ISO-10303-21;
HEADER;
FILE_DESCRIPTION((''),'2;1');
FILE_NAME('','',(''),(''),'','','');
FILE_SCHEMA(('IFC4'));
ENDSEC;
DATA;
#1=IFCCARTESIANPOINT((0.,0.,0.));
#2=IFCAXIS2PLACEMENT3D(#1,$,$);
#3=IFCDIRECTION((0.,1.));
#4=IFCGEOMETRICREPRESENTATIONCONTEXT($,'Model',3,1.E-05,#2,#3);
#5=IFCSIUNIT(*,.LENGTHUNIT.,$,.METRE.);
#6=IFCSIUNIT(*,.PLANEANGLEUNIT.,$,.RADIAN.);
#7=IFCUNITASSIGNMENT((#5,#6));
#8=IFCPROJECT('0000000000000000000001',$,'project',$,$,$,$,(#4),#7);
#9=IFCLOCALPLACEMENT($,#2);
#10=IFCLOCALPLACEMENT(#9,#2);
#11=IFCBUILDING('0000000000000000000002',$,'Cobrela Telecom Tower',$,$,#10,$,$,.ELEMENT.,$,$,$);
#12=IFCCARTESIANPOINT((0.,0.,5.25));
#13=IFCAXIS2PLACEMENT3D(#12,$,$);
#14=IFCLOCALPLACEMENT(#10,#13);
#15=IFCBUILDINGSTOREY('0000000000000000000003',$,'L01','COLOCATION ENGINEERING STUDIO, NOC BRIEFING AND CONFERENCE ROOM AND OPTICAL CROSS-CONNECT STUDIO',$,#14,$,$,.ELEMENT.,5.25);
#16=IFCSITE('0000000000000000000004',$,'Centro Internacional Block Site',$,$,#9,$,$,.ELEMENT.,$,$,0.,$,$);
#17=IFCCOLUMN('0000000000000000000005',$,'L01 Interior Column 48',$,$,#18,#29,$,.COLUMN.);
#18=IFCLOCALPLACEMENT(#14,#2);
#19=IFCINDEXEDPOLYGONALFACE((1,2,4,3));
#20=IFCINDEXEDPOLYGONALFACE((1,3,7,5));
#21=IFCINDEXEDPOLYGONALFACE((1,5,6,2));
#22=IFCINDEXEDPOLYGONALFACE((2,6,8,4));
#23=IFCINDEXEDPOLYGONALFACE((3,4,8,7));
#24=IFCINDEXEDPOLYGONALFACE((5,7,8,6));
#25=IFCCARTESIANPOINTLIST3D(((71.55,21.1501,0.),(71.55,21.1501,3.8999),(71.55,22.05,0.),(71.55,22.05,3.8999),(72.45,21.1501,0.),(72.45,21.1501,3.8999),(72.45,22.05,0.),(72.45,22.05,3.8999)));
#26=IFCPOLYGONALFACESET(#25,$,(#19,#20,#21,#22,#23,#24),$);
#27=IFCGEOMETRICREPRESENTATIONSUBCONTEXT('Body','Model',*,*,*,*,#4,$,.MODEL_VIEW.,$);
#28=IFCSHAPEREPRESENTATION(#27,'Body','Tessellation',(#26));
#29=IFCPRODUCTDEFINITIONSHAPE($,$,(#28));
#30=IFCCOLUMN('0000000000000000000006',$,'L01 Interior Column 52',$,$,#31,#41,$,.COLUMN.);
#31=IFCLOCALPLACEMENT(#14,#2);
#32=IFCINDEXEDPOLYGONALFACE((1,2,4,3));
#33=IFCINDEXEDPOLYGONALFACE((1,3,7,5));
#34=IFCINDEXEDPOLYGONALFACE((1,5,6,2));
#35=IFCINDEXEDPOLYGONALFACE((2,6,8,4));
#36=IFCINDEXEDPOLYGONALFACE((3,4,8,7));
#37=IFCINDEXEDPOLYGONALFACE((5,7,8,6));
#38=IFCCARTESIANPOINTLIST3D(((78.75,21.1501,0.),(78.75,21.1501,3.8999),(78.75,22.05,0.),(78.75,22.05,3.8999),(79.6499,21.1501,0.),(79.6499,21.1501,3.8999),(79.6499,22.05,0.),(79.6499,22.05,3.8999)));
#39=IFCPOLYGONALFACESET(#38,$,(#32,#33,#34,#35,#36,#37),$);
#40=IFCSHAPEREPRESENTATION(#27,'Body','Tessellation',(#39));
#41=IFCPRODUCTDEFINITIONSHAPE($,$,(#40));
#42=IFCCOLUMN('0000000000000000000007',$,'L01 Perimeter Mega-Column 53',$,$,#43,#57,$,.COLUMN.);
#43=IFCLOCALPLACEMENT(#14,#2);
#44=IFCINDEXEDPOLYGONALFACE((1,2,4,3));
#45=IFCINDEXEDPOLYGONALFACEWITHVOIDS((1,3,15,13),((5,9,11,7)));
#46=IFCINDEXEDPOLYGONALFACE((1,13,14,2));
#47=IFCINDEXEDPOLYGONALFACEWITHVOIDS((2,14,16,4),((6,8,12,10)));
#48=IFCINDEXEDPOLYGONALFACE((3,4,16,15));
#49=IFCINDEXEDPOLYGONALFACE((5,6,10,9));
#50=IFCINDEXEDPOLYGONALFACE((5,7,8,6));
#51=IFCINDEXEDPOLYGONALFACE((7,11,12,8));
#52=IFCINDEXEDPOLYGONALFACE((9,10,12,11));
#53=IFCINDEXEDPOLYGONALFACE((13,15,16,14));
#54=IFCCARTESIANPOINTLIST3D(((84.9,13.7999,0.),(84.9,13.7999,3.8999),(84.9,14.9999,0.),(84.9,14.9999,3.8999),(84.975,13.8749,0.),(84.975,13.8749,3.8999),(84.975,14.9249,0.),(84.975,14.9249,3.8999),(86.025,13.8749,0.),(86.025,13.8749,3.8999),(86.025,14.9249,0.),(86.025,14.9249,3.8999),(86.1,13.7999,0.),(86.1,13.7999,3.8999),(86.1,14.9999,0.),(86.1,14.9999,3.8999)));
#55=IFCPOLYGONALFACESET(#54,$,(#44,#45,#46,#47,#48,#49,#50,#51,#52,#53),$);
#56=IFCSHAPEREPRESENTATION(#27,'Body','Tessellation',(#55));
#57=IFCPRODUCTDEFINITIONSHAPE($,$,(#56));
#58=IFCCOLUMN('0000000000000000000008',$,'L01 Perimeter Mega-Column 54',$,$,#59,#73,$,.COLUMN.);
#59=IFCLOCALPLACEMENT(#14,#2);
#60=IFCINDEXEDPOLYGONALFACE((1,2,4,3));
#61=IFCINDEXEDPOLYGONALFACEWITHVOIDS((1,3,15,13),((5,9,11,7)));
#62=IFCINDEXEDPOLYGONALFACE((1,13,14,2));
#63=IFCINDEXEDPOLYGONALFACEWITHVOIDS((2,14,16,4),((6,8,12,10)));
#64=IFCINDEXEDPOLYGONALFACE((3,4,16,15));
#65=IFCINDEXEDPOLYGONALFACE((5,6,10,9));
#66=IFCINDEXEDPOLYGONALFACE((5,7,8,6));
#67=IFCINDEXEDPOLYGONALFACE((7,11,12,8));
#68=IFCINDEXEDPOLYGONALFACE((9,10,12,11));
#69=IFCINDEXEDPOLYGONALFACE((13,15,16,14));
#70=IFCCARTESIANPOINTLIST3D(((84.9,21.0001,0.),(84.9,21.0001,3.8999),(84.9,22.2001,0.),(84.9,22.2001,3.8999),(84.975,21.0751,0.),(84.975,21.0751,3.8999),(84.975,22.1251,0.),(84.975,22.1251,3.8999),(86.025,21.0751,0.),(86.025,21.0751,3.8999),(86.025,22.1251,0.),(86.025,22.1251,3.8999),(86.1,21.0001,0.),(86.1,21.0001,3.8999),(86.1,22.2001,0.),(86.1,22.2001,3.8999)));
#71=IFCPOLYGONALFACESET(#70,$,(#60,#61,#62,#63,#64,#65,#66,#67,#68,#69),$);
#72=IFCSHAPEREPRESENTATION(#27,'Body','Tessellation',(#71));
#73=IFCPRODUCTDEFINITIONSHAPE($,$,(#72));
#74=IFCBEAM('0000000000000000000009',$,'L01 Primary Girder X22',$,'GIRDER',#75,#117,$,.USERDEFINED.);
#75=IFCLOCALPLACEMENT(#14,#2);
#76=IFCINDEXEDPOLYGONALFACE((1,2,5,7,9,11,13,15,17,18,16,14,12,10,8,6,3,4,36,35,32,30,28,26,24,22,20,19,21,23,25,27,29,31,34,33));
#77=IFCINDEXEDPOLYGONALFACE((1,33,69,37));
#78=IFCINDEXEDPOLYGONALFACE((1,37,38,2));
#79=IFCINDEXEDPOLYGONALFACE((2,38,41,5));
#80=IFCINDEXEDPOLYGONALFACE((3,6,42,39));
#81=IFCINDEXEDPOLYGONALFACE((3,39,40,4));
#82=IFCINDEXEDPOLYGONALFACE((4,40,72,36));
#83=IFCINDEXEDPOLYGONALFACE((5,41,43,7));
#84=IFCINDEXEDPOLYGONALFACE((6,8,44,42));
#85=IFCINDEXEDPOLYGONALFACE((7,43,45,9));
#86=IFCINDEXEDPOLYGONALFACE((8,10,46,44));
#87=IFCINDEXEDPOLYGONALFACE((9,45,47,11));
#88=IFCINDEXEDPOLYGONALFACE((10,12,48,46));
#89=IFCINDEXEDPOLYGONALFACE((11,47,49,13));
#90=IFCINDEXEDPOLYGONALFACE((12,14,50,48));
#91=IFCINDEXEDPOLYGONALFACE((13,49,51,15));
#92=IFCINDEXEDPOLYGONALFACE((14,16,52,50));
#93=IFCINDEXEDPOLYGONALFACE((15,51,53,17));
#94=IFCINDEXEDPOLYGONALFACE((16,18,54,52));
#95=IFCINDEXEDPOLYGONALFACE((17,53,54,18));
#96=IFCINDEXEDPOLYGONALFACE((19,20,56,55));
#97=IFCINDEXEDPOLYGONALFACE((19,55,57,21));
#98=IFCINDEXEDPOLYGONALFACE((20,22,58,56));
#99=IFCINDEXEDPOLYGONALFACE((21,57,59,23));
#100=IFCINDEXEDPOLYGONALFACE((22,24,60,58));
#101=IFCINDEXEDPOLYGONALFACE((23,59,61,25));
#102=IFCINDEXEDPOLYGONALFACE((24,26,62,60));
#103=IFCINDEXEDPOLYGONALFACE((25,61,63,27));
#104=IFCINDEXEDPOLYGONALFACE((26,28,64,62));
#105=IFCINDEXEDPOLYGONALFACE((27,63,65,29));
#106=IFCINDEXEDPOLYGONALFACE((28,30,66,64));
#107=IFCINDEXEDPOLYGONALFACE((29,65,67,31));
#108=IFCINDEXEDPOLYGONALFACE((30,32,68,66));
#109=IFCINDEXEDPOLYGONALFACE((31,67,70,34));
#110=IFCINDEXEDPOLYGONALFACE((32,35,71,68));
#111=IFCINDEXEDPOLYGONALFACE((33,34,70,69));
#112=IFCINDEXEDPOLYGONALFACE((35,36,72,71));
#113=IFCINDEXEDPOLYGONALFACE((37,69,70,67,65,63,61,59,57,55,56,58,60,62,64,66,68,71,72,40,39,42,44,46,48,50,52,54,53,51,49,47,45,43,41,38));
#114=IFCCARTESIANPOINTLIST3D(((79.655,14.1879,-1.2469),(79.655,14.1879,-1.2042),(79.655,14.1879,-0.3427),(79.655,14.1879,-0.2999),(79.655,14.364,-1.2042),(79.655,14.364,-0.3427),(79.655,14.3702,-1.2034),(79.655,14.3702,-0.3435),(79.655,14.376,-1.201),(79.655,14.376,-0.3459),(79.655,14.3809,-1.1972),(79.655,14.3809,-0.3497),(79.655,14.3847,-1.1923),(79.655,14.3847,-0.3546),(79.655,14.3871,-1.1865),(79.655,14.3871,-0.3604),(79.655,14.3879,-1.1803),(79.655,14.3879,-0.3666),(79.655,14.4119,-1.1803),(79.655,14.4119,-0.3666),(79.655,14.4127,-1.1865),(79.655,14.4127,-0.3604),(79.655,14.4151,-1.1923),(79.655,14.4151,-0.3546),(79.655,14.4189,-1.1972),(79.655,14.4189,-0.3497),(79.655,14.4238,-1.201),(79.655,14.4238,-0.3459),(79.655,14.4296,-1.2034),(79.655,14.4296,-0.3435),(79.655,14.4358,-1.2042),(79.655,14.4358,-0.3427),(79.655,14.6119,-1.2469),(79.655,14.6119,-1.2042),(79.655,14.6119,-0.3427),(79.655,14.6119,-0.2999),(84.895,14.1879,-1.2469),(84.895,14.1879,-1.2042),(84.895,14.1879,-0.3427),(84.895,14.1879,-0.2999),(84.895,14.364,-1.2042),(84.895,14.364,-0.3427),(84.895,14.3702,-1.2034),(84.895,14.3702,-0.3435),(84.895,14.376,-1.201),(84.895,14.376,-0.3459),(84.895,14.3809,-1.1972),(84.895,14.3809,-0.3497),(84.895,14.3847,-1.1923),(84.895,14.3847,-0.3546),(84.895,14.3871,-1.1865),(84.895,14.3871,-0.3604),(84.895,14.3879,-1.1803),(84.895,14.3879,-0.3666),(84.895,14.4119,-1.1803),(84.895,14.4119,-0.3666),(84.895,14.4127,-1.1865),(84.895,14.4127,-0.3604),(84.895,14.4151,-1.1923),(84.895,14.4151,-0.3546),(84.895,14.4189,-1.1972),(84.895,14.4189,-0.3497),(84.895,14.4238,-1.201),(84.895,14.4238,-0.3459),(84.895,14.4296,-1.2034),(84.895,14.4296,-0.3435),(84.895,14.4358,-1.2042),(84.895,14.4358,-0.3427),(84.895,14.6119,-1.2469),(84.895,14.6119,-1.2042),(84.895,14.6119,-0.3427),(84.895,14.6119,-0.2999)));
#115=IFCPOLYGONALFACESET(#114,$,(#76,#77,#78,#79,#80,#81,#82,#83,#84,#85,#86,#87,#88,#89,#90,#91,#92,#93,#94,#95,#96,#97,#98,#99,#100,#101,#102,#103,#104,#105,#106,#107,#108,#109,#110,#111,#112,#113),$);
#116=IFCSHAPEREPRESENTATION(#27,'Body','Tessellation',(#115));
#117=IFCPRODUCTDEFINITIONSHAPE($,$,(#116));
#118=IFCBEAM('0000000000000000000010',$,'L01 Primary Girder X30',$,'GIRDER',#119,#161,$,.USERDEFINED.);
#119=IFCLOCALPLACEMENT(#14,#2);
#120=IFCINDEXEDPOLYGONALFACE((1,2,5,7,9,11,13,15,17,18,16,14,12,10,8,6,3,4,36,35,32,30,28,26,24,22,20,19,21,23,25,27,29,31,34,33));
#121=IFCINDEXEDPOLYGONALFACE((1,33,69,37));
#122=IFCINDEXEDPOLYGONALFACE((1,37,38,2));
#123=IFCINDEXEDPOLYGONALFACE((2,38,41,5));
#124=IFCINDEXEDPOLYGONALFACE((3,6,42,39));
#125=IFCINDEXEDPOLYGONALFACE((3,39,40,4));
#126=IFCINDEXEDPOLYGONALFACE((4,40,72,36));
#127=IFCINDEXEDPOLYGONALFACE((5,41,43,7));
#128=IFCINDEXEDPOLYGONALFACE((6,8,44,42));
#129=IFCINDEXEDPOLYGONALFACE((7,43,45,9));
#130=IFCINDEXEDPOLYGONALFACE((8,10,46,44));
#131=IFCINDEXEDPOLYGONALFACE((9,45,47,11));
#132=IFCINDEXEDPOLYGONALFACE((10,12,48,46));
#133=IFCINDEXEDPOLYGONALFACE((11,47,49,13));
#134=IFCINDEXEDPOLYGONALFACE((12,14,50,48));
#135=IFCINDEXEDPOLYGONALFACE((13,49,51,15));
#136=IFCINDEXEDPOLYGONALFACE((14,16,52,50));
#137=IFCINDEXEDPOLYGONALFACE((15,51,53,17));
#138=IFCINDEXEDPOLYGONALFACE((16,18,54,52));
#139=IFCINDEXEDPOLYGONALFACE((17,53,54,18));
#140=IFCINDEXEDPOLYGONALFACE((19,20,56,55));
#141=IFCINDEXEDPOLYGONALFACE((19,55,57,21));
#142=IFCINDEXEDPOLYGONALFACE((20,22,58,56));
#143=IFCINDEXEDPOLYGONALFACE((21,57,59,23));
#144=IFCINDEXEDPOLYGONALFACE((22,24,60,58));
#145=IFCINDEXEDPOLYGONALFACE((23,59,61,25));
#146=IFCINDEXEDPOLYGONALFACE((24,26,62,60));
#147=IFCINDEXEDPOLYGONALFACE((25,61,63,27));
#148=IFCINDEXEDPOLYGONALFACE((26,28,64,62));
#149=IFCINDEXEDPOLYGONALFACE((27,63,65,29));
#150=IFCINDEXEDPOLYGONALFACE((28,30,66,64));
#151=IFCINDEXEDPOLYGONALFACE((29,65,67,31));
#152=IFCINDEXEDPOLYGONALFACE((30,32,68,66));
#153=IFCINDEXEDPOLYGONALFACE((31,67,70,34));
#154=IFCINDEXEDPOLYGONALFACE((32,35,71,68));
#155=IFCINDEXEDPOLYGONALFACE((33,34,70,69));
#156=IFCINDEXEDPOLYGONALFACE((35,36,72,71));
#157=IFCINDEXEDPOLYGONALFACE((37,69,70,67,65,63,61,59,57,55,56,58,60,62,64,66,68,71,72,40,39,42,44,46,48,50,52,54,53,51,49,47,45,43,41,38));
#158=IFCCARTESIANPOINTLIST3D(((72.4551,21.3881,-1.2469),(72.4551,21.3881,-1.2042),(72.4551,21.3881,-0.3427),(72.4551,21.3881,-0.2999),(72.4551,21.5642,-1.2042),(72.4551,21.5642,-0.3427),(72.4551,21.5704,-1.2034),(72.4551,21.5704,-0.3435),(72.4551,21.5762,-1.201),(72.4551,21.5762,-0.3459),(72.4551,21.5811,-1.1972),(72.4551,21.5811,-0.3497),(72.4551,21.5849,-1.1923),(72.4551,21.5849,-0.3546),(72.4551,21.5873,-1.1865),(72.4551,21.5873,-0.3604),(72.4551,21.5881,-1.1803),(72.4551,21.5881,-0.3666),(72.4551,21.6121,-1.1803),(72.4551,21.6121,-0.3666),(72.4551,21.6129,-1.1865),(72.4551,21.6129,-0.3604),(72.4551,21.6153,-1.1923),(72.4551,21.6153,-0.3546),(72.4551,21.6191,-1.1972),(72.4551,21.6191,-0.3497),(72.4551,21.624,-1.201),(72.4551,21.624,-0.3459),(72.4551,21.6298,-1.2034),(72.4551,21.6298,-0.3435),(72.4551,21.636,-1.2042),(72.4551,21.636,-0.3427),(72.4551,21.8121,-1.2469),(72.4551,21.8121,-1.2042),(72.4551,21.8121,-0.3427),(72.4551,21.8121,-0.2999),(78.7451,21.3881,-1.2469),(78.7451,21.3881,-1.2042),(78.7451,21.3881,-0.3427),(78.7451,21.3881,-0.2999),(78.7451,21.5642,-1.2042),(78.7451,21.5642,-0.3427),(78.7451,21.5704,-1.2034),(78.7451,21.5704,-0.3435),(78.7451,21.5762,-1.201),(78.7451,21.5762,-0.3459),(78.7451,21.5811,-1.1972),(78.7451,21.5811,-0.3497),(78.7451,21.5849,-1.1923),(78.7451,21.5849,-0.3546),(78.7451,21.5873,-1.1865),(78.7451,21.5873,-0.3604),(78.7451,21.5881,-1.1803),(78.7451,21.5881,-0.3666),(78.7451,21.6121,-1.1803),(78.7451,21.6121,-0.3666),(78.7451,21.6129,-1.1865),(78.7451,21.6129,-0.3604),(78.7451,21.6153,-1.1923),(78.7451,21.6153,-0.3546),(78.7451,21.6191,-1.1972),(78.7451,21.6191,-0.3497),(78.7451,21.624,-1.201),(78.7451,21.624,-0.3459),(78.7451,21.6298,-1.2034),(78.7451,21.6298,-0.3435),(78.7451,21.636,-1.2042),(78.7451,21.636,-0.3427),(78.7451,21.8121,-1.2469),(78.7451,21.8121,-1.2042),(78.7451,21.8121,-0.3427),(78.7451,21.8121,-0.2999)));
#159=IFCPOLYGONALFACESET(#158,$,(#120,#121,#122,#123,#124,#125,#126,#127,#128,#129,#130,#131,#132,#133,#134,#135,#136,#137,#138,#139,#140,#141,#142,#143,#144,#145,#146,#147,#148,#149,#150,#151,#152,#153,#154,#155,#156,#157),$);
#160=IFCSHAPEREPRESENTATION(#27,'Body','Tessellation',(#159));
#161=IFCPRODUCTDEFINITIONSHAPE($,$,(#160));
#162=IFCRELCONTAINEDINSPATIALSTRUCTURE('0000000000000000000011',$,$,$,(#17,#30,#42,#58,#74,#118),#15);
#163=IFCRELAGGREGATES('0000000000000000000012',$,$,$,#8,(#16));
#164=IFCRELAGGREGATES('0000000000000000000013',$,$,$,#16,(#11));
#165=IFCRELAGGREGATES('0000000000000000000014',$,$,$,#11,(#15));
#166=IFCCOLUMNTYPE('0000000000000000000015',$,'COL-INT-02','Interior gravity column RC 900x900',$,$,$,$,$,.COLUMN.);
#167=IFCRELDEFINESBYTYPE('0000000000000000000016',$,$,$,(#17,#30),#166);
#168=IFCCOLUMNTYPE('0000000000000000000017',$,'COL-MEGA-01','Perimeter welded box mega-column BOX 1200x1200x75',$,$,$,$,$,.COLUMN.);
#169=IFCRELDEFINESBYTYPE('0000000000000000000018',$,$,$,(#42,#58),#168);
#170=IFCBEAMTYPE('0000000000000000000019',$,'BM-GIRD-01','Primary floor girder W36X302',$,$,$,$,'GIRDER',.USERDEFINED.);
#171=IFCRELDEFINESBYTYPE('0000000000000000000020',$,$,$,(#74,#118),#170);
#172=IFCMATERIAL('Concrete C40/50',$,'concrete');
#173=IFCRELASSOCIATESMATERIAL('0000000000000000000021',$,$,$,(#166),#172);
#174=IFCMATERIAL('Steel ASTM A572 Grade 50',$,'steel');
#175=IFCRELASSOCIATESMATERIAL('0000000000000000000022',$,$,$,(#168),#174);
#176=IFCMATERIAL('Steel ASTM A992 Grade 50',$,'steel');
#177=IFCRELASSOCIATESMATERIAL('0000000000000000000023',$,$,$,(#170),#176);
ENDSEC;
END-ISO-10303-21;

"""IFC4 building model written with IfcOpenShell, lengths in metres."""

from ifc_helpers import new_model, si_unit, direction, frame, origin, origin_2d, place, context, subcontext, project, spatial, rectangle, hollow_rectangle, i_section, extrude, material, material_profile, profile_set, type_object, element, save


model = new_model("IFC4")

# Units and contexts
model_context = context("Model", 3, precision=1e-05, world=origin(), true_north=direction((0.0, 1.0)))
body_context = subcontext(model_context, "Body", "Model", "MODEL_VIEW")
ifc_project = project(units=[si_unit("LENGTHUNIT", "METRE"), si_unit("PLANEANGLEUNIT", "RADIAN")], contexts=[model_context])

# Site, building, storey
site_placement = place(None, origin())
site = spatial("IfcSite", under=ifc_project, at=site_placement, Name="Centro Internacional Block Site", CompositionType="ELEMENT", RefElevation=0.0)
building_placement = place(site_placement, origin())
building = spatial("IfcBuilding", under=site, at=building_placement, Name="Cobrela Telecom Tower", CompositionType="ELEMENT")
storey_placement = place(building_placement, frame((0.0, 0.0, 5.25)))
storey = spatial("IfcBuildingStorey", under=building, at=storey_placement, Name="L01", Description="COLOCATION ENGINEERING STUDIO, NOC BRIEFING AND CONFERENCE ROOM AND OPTICAL CROSS-CONNECT STUDIO", CompositionType="ELEMENT", Elevation=5.25)

# Columns
ifc_material_1 = material(Name="Concrete C40/50", Category="concrete")
ifc_material_profile_1 = material_profile(ifc_material_1, rectangle(XDim=0.8999, YDim=0.8999, at=origin_2d()), Name="RC 900x900")
ifc_profile_set_1 = profile_set([ifc_material_profile_1], Name="Concrete C40/50")
column_type_1 = type_object("IfcColumnType", Name="COL-INT-02", Description="Interior gravity column RC 900x900", PredefinedType="COLUMN", material=ifc_profile_set_1)
for number, where, z_axis, x_axis, name in (
    (1, (72.0, 21.6001, 0.0), (0.0, 0.0, 1.0), (1.0, 0.0, 0.0), "L01 Interior Column 48"),
    (2, (79.2, 21.6001, 0.0), (0.0, 0.0, 1.0), (1.0, 0.0, 0.0), "L01 Interior Column 52"),
):
    element("IfcColumn", number, at=place(storey_placement, frame(where, z_axis=z_axis, x_axis=x_axis)), inside=storey, type_object=column_type_1, Name=name, PredefinedType="COLUMN", context=body_context, shape_type="SweptSolid", body=[
        extrude(rectangle(XDim=0.8999, YDim=0.8999, at=origin_2d()), origin(), (0.0, 0.0, 1.0), 3.8999),
    ])
ifc_material_2 = material(Name="Steel ASTM A572 Grade 50", Category="steel")
ifc_material_profile_2 = material_profile(ifc_material_2, hollow_rectangle(XDim=1.2, YDim=1.2, WallThickness=0.075, at=origin_2d()), Name="BOX 1200x1200x75")
ifc_profile_set_2 = profile_set([ifc_material_profile_2], Name="Steel ASTM A572 Grade 50")
column_type_2 = type_object("IfcColumnType", Name="COL-MEGA-01", Description="Perimeter welded box mega-column BOX 1200x1200x75", PredefinedType="COLUMN", material=ifc_profile_set_2)
for number, where, z_axis, x_axis, name in (
    (3, (85.5, 14.3999, 0.0), (0.0, 0.0, 1.0), (1.0, 0.0, 0.0), "L01 Perimeter Mega-Column 53"),
    (4, (85.5, 21.6001, 0.0), (0.0, 0.0, 1.0), (1.0, 0.0, 0.0), "L01 Perimeter Mega-Column 54"),
):
    element("IfcColumn", number, at=place(storey_placement, frame(where, z_axis=z_axis, x_axis=x_axis)), inside=storey, type_object=column_type_2, Name=name, PredefinedType="COLUMN", context=body_context, shape_type="SweptSolid", body=[
        extrude(hollow_rectangle(XDim=1.2, YDim=1.2, WallThickness=0.075, at=origin_2d()), origin(), (0.0, 0.0, 1.0), 3.8999),
    ])

# Beams
ifc_material_3 = material(Name="Steel ASTM A992 Grade 50", Category="steel")
ifc_material_profile_3 = material_profile(ifc_material_3, i_section(OverallWidth=0.4241, OverallDepth=0.947, WebThickness=0.0239, FlangeThickness=0.0427, FilletRadius=0.0239, at=origin_2d()), Name="W36X302")
ifc_profile_set_3 = profile_set([ifc_material_profile_3], Name="Steel ASTM A992 Grade 50")
beam_type_1 = type_object("IfcBeamType", Name="BM-GIRD-01", Description="Primary floor girder W36X302", ElementType="GIRDER", PredefinedType="USERDEFINED", material=ifc_profile_set_3)
beam_1_placement = place(storey_placement, frame((79.655, 14.3999, -0.7734), z_axis=(1.0, 0.0, 0.0), x_axis=(0.0, 1.0, 0.0)))
element("IfcBeam", 5, at=beam_1_placement, inside=storey, type_object=beam_type_1, Name="L01 Primary Girder X22", ObjectType="GIRDER", PredefinedType="USERDEFINED", context=body_context, shape_type="SweptSolid", body=[
    extrude(i_section(OverallWidth=0.4241, OverallDepth=0.947, WebThickness=0.0239, FlangeThickness=0.0427, FilletRadius=0.0239, at=origin_2d()), origin(), (0.0, 0.0, 1.0), 5.24),
])
beam_2_placement = place(storey_placement, frame((72.4551, 21.6001, -0.7734), z_axis=(1.0, 0.0, 0.0), x_axis=(0.0, 1.0, 0.0)))
element("IfcBeam", 6, at=beam_2_placement, inside=storey, type_object=beam_type_1, Name="L01 Primary Girder X30", ObjectType="GIRDER", PredefinedType="USERDEFINED", context=body_context, shape_type="SweptSolid", body=[
    extrude(i_section(OverallWidth=0.4241, OverallDepth=0.947, WebThickness=0.0239, FlangeThickness=0.0427, FilletRadius=0.0239, at=origin_2d()), origin(), (0.0, 0.0, 1.0), 6.29),
])

save(model, "model.ifc")
